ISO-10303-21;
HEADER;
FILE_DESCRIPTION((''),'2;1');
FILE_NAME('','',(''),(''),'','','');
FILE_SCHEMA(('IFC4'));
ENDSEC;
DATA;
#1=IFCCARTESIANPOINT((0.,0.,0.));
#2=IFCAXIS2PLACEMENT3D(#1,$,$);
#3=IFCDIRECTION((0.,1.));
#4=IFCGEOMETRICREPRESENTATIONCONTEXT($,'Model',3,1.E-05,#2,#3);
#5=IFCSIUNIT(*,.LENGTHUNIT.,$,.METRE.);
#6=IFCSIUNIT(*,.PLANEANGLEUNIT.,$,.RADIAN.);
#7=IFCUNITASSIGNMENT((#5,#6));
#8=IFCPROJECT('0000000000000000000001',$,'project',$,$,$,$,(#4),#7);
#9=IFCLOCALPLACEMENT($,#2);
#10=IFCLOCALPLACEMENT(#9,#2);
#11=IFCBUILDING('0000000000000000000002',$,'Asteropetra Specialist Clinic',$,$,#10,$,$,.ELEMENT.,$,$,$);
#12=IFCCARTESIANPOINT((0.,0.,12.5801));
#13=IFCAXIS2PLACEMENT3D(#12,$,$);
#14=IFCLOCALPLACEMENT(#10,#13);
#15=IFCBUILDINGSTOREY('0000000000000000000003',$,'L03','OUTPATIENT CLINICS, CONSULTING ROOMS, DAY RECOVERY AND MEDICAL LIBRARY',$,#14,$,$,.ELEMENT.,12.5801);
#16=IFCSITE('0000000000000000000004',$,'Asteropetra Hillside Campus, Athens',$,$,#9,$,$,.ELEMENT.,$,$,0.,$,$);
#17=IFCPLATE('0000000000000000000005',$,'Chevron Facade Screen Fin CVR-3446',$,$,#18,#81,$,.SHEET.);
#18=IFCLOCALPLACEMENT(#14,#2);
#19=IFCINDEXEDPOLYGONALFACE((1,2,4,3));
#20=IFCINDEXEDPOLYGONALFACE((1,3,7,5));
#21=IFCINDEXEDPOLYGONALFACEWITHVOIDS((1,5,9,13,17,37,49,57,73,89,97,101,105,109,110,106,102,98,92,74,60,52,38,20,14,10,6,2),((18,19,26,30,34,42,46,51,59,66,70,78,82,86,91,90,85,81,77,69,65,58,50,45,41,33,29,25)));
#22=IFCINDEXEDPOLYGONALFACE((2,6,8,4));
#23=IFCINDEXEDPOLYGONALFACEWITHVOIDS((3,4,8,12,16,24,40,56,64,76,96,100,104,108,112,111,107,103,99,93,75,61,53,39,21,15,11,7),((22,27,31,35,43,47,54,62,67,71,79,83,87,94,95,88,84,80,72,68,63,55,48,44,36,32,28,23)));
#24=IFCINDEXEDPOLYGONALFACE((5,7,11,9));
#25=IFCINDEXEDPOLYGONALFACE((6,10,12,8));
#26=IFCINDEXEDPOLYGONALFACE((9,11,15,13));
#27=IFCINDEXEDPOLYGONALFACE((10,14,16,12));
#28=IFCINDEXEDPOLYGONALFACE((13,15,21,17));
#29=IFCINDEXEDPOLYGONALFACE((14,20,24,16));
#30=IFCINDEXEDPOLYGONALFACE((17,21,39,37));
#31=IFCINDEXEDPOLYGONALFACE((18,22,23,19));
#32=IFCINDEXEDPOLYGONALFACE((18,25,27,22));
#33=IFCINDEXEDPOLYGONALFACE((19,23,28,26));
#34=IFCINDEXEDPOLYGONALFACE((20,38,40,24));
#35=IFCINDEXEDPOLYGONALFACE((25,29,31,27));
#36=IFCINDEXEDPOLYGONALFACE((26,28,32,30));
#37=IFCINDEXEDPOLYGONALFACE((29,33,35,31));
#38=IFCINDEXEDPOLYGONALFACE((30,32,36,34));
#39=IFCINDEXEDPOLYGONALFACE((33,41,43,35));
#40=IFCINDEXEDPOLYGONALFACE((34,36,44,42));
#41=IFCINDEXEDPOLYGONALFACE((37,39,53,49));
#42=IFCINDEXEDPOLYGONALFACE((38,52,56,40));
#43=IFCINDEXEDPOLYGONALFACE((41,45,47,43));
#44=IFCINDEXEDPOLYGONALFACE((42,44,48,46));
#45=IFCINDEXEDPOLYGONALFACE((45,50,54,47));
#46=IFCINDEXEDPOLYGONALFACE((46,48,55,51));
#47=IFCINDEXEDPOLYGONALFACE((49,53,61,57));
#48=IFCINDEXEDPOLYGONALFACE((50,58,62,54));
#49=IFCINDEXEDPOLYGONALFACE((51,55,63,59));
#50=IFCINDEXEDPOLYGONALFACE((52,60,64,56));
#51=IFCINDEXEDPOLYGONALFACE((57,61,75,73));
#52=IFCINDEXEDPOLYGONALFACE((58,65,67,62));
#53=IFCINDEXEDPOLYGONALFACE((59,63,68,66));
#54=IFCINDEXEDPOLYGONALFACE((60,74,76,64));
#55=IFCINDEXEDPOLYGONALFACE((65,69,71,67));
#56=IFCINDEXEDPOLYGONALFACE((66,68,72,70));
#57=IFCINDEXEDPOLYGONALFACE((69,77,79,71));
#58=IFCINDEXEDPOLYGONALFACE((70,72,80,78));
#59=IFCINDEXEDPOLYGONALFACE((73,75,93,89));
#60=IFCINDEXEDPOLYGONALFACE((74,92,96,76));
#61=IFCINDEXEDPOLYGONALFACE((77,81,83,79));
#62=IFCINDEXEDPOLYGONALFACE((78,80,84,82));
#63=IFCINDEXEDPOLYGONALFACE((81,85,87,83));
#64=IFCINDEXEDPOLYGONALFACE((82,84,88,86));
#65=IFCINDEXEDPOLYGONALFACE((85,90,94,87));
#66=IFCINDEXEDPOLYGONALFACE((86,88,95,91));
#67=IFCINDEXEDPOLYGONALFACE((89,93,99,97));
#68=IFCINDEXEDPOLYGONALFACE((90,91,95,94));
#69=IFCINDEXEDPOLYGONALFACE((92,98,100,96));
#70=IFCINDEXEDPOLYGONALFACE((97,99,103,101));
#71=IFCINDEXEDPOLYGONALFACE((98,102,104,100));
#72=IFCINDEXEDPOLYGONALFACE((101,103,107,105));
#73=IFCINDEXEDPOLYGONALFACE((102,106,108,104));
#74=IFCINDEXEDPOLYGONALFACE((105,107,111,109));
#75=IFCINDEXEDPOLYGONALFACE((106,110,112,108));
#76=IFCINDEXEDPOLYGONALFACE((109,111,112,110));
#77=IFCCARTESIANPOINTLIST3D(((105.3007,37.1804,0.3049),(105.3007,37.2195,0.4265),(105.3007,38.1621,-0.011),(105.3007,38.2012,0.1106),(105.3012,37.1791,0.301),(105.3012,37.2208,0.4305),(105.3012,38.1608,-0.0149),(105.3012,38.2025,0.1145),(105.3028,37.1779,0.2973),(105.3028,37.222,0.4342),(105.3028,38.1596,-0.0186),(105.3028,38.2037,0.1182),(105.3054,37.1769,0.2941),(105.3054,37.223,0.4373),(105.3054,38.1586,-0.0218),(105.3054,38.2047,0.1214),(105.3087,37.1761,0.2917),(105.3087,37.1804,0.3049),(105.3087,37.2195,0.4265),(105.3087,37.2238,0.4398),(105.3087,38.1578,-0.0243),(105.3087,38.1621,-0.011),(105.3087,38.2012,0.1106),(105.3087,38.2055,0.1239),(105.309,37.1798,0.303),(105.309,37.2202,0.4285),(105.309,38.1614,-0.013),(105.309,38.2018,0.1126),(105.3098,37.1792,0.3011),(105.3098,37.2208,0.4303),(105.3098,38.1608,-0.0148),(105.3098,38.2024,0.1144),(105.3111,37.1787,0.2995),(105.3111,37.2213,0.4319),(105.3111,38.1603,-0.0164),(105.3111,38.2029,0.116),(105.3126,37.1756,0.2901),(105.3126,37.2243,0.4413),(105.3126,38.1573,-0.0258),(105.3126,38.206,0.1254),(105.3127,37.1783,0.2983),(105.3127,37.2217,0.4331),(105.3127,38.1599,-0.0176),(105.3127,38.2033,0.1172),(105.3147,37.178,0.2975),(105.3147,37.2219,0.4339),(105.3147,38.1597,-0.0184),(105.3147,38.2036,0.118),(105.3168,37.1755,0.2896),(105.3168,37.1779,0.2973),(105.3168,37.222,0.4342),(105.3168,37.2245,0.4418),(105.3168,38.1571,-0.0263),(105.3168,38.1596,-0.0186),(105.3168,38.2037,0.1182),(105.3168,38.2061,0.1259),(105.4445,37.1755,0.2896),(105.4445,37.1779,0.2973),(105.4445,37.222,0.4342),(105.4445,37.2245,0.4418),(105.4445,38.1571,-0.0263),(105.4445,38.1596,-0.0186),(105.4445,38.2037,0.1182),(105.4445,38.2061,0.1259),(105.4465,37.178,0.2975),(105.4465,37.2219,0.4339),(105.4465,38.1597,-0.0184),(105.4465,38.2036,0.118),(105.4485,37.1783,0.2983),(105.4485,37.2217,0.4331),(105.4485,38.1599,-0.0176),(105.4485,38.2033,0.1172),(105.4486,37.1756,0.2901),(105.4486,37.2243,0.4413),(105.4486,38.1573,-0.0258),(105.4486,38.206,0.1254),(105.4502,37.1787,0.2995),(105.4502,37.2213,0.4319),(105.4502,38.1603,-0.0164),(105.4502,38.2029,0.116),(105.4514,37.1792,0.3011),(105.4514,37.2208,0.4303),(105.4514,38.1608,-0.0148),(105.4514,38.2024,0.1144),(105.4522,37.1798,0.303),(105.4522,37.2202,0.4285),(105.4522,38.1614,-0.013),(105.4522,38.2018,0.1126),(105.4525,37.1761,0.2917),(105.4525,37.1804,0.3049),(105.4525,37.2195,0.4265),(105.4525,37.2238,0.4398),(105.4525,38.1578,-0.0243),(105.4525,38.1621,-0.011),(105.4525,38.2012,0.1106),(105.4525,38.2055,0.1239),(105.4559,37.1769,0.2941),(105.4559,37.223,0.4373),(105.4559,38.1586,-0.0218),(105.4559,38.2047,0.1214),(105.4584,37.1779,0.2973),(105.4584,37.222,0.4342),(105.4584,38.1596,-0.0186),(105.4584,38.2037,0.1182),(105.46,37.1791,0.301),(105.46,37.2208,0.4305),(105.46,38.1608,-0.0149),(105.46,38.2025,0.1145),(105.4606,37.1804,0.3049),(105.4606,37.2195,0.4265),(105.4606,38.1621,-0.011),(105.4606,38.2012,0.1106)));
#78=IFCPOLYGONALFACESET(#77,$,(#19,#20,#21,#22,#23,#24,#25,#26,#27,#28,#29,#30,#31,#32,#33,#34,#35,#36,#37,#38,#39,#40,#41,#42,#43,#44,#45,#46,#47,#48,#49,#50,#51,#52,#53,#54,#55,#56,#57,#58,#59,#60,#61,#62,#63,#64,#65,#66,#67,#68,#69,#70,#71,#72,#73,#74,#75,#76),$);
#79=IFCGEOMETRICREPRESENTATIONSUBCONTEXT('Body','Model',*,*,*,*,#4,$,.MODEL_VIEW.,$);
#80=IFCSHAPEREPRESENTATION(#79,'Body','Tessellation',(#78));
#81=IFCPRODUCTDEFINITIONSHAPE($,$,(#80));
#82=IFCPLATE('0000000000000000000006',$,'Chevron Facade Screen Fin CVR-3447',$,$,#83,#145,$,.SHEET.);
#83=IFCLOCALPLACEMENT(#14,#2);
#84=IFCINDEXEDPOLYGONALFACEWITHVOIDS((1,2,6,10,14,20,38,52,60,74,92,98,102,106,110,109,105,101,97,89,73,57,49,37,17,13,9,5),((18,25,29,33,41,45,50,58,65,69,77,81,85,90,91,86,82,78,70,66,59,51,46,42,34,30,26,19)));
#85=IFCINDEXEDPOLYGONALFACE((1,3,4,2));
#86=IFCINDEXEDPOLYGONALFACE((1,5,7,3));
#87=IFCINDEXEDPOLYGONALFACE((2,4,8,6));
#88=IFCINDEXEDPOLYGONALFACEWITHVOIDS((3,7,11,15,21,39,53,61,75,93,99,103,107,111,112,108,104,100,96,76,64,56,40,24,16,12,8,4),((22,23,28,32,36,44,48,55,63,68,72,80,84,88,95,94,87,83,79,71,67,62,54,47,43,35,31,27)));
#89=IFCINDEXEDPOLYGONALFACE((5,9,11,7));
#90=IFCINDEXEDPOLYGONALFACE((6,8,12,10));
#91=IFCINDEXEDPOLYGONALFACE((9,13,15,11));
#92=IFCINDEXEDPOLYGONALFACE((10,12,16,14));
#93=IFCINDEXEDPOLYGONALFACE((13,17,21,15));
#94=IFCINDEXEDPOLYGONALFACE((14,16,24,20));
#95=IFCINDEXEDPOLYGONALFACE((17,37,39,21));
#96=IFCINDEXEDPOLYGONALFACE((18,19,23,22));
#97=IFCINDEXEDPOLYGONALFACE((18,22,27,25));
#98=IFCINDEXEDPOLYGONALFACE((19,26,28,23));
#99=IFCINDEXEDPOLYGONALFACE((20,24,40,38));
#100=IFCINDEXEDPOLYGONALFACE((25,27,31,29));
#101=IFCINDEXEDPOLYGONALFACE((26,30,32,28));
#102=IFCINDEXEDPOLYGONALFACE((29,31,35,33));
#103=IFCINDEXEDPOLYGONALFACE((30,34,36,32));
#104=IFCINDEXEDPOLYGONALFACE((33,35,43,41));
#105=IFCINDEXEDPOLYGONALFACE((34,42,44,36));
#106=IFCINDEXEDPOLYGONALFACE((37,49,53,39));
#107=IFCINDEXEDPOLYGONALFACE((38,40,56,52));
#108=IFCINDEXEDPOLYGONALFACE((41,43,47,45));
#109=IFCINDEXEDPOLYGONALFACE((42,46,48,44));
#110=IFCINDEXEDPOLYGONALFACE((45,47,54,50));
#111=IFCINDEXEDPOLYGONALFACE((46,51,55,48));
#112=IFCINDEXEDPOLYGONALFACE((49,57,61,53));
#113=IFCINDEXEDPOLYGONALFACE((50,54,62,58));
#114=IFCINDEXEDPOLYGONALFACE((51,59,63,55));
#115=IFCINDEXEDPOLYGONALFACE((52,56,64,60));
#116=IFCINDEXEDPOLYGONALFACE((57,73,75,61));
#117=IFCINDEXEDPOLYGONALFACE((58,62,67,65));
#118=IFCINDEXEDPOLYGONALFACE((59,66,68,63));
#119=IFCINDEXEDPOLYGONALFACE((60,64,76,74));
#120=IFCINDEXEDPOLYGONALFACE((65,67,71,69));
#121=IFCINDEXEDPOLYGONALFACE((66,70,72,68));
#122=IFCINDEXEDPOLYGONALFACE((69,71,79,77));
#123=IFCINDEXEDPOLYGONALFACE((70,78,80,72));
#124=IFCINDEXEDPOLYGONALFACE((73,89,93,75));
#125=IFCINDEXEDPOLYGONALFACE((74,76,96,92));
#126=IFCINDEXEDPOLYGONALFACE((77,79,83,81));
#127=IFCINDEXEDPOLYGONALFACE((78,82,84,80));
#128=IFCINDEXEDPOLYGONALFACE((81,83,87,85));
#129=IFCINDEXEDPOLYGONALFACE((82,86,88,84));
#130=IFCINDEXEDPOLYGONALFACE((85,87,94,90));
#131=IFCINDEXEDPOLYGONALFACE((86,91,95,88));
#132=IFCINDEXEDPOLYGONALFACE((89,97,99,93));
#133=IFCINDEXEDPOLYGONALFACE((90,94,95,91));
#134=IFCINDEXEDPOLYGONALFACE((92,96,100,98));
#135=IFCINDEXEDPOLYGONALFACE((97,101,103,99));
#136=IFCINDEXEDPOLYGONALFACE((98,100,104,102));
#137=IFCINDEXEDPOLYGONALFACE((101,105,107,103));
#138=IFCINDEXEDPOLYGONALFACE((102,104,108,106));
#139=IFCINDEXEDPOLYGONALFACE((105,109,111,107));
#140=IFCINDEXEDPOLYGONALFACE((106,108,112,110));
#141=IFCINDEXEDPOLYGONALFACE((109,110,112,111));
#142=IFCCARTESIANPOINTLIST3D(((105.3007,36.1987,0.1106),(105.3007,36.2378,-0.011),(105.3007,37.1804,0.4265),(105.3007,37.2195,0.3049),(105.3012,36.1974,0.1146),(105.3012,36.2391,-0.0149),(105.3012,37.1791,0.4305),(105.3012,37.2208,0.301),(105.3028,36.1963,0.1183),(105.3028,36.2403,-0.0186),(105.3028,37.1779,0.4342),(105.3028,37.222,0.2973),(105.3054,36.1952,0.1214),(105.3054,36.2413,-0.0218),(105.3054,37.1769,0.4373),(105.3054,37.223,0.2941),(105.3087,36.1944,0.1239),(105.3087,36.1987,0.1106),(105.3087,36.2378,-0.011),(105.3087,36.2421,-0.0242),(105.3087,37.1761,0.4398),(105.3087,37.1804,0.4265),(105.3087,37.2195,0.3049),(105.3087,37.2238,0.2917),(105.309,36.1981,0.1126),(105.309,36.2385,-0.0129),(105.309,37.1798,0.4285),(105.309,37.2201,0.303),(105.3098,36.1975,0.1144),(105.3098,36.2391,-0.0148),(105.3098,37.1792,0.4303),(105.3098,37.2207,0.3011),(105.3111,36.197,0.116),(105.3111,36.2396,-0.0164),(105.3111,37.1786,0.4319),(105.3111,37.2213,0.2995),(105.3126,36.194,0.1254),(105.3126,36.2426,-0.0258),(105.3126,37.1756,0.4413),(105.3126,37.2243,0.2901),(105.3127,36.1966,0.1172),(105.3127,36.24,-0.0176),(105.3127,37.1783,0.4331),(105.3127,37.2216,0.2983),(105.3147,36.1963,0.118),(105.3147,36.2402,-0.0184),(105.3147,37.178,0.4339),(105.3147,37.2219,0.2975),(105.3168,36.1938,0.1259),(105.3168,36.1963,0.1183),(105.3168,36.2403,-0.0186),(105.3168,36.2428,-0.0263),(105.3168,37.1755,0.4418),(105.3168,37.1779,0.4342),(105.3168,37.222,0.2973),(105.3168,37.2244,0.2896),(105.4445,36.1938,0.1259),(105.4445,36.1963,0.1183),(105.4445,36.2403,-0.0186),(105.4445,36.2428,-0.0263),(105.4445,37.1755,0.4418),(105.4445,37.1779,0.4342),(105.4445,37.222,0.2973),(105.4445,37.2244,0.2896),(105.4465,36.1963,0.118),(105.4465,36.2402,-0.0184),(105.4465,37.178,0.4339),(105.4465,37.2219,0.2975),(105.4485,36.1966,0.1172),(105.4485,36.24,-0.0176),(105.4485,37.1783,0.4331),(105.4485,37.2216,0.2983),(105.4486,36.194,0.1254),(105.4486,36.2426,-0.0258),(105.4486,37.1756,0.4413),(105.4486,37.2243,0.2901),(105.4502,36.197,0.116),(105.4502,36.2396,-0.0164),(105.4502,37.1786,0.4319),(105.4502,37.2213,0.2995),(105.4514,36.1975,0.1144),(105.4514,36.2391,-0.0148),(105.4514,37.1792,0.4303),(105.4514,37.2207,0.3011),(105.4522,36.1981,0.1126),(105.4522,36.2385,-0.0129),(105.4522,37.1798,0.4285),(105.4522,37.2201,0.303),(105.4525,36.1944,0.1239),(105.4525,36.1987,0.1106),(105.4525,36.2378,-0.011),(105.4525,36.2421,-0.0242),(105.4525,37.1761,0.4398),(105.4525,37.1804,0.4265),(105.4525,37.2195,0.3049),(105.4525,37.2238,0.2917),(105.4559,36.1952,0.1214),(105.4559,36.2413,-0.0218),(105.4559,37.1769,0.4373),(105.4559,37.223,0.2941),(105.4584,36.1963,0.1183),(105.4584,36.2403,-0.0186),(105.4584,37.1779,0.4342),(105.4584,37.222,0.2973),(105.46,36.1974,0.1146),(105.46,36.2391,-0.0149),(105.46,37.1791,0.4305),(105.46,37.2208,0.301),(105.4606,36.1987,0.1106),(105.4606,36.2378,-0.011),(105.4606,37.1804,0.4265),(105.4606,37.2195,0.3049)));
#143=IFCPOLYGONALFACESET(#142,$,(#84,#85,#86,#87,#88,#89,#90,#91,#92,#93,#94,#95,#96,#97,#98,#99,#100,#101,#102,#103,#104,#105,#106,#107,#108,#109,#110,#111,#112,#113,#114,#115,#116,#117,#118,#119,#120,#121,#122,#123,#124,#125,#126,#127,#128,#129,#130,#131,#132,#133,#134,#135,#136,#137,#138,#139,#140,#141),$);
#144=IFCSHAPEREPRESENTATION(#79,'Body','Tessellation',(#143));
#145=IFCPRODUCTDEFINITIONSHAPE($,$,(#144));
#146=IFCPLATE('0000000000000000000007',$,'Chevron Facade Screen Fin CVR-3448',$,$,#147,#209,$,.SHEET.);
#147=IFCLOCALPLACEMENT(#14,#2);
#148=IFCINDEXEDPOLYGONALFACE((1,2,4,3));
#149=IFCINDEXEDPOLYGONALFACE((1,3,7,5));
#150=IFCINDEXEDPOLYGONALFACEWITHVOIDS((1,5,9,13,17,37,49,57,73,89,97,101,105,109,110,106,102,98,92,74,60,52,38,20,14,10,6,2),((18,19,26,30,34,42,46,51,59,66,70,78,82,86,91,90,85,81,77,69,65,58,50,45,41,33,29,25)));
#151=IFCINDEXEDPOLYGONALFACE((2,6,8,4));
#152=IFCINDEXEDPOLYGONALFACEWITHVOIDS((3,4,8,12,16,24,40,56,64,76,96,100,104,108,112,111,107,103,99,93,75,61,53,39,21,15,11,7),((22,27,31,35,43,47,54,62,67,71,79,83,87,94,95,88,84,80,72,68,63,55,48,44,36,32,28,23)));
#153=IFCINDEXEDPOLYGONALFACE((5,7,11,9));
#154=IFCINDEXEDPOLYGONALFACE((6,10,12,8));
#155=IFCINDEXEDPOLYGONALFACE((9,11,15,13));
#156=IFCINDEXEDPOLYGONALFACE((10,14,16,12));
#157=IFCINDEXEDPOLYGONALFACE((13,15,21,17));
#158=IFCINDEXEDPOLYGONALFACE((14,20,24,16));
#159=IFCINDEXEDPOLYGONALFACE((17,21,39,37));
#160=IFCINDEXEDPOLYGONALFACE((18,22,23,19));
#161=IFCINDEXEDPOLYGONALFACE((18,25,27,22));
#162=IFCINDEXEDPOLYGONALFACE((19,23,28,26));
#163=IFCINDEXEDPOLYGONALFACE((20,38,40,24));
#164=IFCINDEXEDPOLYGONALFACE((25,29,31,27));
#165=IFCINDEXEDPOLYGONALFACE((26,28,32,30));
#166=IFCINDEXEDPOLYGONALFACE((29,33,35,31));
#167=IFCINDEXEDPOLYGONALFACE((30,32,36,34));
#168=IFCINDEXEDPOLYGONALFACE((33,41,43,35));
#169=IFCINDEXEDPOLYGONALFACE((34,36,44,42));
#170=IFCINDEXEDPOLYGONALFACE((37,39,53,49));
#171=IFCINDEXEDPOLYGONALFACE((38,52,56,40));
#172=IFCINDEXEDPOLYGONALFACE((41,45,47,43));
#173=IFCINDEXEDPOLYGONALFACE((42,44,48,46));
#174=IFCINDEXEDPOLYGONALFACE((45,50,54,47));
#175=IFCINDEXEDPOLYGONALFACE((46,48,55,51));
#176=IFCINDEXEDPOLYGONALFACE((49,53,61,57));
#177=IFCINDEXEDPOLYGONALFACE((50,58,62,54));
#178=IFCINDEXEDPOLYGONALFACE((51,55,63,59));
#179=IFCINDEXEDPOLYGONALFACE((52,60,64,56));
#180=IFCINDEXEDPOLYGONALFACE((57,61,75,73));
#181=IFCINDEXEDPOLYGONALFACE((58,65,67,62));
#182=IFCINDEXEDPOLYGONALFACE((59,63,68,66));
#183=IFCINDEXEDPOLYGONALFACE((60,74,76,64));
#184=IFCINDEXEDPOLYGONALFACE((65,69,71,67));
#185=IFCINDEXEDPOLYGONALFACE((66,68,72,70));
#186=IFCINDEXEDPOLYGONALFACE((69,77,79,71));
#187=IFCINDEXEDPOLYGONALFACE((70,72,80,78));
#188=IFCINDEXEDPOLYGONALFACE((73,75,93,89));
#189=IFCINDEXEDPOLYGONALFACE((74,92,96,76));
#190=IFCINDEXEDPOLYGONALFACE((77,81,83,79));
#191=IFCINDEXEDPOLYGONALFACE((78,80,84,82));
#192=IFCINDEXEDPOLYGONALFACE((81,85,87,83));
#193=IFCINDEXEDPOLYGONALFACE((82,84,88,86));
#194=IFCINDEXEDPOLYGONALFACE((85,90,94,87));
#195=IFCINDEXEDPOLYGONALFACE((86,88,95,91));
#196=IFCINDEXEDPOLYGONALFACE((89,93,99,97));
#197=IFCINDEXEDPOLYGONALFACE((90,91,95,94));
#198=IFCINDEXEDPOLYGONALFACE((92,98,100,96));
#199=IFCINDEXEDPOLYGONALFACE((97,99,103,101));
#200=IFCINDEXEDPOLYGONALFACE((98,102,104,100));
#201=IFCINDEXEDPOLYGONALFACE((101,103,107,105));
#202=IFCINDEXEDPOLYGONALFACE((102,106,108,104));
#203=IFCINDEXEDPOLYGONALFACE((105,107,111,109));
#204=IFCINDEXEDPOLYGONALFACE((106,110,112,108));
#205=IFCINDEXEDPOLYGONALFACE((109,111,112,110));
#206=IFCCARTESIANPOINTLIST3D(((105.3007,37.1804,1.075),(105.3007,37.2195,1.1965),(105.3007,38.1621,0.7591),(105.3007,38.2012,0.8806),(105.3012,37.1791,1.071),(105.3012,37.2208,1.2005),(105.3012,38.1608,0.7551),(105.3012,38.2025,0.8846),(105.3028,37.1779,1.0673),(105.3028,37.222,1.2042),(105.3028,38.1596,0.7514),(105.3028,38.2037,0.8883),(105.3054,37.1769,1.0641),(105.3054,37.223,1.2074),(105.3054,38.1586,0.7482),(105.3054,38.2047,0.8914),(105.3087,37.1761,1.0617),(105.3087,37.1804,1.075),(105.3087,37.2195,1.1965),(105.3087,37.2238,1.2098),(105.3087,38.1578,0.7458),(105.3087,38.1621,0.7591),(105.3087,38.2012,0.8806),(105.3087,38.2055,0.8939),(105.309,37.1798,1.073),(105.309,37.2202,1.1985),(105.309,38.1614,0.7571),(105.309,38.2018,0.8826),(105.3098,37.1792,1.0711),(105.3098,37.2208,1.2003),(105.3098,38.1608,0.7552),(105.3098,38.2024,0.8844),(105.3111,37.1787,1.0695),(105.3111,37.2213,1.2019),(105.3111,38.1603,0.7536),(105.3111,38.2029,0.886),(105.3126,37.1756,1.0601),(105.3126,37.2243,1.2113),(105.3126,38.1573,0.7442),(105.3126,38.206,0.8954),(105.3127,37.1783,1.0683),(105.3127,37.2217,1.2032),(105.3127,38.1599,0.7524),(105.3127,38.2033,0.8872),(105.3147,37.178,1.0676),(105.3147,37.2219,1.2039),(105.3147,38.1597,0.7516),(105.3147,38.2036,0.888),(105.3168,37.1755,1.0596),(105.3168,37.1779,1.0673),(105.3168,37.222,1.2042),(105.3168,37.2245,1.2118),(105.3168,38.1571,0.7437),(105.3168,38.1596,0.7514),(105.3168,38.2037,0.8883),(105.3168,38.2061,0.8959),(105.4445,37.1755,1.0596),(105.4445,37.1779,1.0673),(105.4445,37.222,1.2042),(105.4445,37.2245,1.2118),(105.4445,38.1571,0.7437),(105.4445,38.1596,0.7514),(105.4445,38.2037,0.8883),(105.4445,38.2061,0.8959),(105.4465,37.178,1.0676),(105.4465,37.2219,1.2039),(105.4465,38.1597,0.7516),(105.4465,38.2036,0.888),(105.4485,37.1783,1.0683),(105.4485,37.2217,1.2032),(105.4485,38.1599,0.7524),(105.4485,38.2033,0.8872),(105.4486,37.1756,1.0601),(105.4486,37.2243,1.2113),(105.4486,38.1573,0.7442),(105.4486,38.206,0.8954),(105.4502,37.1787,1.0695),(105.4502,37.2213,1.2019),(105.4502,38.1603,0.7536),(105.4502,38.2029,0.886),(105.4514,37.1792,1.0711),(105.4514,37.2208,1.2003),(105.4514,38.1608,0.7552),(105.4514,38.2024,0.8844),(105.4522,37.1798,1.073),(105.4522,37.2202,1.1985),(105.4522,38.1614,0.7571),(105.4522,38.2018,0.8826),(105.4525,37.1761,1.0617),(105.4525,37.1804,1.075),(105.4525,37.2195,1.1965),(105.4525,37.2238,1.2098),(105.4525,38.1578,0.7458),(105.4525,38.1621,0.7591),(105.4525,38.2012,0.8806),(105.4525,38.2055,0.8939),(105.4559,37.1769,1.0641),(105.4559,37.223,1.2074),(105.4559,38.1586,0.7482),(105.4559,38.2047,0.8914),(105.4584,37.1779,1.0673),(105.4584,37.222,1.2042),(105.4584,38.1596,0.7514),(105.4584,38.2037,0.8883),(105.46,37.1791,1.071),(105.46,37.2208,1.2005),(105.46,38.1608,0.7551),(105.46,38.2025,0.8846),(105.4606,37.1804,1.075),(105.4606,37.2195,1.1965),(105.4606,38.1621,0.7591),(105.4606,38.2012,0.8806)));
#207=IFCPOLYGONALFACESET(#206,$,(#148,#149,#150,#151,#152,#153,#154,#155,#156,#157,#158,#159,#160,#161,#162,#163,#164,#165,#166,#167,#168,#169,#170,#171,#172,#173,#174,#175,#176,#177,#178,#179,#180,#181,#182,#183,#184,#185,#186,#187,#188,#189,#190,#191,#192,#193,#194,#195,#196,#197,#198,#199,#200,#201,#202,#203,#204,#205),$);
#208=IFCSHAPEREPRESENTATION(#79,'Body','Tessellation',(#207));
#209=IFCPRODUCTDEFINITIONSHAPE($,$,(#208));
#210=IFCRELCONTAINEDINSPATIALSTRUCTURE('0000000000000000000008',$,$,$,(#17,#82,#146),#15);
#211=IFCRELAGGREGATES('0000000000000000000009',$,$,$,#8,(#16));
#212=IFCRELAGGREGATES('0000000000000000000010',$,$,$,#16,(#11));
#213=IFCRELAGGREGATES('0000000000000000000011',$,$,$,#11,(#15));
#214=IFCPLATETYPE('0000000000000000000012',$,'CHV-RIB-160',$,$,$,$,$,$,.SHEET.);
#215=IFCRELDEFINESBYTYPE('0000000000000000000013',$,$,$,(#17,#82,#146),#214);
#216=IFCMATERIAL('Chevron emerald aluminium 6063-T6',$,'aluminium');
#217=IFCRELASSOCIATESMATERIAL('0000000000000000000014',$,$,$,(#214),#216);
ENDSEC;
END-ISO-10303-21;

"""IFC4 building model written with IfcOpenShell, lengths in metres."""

from ifc_helpers import new_model, si_unit, direction, frame, origin, origin_2d, place, context, subcontext, project, spatial, hollow_rectangle, extrude, material, material_profile, profile_set, type_object, element, save


model = new_model("IFC4")

# Units and contexts
model_context = context("Model", 3, precision=1e-05, world=origin(), true_north=direction((0.0, 1.0)))
body_context = subcontext(model_context, "Body", "Model", "MODEL_VIEW")
ifc_project = project(units=[si_unit("LENGTHUNIT", "METRE"), si_unit("PLANEANGLEUNIT", "RADIAN")], contexts=[model_context])

# Site, building, storey
site_placement = place(None, origin())
site = spatial("IfcSite", under=ifc_project, at=site_placement, Name="Asteropetra Hillside Campus, Athens", CompositionType="ELEMENT", RefElevation=0.0)
building_placement = place(site_placement, origin())
building = spatial("IfcBuilding", under=site, at=building_placement, Name="Asteropetra Specialist Clinic", CompositionType="ELEMENT")
storey_placement = place(building_placement, frame((0.0, 0.0, 12.5801)))
storey = spatial("IfcBuildingStorey", under=building, at=storey_placement, Name="L03", Description="OUTPATIENT CLINICS, CONSULTING ROOMS, DAY RECOVERY AND MEDICAL LIBRARY", CompositionType="ELEMENT", Elevation=12.5801)

# Plates
ifc_material_1 = material(Name="Chevron emerald aluminium 6063-T6", Category="aluminium")
ifc_material_profile = material_profile(ifc_material_1, hollow_rectangle(XDim=0.1599, YDim=0.1599, WallThickness=0.0081, InnerFilletRadius=0.0081, OuterFilletRadius=0.0161, at=origin_2d()), Name="SHS 160x160x8.0")
ifc_profile_set = profile_set([ifc_material_profile], Name="Chevron emerald aluminium 6063-T6")
plate_type_1 = type_object("IfcPlateType", Name="CHV-RIB-160", PredefinedType="SHEET", material=ifc_profile_set)
for number, where, z_axis, x_axis, name in (
    (1, (105.3806, 38.1816, 0.0498), (0.0, -0.951923, 0.306339), (1.0, 0.0, 0.0), "Chevron Facade Screen Fin CVR-3446"),
    (2, (105.3806, 37.2, 0.3657), (0.0, -0.951923, -0.306339), (1.0, 0.0, 0.0), "Chevron Facade Screen Fin CVR-3447"),
    (3, (105.3806, 38.1816, 0.8198), (0.0, -0.951923, 0.306339), (1.0, 0.0, 0.0), "Chevron Facade Screen Fin CVR-3448"),
):
    element("IfcPlate", number, at=place(storey_placement, frame(where, z_axis=z_axis, x_axis=x_axis)), inside=storey, type_object=plate_type_1, Name=name, PredefinedType="SHEET", context=body_context, shape_type="SweptSolid", body=[
        extrude(hollow_rectangle(XDim=0.1599, YDim=0.1599, WallThickness=0.0081, InnerFilletRadius=0.0081, OuterFilletRadius=0.0161, at=origin_2d()), origin(), (0.0, 0.0, 1.0), 1.0312),
    ])

save(model, "model.ifc")
